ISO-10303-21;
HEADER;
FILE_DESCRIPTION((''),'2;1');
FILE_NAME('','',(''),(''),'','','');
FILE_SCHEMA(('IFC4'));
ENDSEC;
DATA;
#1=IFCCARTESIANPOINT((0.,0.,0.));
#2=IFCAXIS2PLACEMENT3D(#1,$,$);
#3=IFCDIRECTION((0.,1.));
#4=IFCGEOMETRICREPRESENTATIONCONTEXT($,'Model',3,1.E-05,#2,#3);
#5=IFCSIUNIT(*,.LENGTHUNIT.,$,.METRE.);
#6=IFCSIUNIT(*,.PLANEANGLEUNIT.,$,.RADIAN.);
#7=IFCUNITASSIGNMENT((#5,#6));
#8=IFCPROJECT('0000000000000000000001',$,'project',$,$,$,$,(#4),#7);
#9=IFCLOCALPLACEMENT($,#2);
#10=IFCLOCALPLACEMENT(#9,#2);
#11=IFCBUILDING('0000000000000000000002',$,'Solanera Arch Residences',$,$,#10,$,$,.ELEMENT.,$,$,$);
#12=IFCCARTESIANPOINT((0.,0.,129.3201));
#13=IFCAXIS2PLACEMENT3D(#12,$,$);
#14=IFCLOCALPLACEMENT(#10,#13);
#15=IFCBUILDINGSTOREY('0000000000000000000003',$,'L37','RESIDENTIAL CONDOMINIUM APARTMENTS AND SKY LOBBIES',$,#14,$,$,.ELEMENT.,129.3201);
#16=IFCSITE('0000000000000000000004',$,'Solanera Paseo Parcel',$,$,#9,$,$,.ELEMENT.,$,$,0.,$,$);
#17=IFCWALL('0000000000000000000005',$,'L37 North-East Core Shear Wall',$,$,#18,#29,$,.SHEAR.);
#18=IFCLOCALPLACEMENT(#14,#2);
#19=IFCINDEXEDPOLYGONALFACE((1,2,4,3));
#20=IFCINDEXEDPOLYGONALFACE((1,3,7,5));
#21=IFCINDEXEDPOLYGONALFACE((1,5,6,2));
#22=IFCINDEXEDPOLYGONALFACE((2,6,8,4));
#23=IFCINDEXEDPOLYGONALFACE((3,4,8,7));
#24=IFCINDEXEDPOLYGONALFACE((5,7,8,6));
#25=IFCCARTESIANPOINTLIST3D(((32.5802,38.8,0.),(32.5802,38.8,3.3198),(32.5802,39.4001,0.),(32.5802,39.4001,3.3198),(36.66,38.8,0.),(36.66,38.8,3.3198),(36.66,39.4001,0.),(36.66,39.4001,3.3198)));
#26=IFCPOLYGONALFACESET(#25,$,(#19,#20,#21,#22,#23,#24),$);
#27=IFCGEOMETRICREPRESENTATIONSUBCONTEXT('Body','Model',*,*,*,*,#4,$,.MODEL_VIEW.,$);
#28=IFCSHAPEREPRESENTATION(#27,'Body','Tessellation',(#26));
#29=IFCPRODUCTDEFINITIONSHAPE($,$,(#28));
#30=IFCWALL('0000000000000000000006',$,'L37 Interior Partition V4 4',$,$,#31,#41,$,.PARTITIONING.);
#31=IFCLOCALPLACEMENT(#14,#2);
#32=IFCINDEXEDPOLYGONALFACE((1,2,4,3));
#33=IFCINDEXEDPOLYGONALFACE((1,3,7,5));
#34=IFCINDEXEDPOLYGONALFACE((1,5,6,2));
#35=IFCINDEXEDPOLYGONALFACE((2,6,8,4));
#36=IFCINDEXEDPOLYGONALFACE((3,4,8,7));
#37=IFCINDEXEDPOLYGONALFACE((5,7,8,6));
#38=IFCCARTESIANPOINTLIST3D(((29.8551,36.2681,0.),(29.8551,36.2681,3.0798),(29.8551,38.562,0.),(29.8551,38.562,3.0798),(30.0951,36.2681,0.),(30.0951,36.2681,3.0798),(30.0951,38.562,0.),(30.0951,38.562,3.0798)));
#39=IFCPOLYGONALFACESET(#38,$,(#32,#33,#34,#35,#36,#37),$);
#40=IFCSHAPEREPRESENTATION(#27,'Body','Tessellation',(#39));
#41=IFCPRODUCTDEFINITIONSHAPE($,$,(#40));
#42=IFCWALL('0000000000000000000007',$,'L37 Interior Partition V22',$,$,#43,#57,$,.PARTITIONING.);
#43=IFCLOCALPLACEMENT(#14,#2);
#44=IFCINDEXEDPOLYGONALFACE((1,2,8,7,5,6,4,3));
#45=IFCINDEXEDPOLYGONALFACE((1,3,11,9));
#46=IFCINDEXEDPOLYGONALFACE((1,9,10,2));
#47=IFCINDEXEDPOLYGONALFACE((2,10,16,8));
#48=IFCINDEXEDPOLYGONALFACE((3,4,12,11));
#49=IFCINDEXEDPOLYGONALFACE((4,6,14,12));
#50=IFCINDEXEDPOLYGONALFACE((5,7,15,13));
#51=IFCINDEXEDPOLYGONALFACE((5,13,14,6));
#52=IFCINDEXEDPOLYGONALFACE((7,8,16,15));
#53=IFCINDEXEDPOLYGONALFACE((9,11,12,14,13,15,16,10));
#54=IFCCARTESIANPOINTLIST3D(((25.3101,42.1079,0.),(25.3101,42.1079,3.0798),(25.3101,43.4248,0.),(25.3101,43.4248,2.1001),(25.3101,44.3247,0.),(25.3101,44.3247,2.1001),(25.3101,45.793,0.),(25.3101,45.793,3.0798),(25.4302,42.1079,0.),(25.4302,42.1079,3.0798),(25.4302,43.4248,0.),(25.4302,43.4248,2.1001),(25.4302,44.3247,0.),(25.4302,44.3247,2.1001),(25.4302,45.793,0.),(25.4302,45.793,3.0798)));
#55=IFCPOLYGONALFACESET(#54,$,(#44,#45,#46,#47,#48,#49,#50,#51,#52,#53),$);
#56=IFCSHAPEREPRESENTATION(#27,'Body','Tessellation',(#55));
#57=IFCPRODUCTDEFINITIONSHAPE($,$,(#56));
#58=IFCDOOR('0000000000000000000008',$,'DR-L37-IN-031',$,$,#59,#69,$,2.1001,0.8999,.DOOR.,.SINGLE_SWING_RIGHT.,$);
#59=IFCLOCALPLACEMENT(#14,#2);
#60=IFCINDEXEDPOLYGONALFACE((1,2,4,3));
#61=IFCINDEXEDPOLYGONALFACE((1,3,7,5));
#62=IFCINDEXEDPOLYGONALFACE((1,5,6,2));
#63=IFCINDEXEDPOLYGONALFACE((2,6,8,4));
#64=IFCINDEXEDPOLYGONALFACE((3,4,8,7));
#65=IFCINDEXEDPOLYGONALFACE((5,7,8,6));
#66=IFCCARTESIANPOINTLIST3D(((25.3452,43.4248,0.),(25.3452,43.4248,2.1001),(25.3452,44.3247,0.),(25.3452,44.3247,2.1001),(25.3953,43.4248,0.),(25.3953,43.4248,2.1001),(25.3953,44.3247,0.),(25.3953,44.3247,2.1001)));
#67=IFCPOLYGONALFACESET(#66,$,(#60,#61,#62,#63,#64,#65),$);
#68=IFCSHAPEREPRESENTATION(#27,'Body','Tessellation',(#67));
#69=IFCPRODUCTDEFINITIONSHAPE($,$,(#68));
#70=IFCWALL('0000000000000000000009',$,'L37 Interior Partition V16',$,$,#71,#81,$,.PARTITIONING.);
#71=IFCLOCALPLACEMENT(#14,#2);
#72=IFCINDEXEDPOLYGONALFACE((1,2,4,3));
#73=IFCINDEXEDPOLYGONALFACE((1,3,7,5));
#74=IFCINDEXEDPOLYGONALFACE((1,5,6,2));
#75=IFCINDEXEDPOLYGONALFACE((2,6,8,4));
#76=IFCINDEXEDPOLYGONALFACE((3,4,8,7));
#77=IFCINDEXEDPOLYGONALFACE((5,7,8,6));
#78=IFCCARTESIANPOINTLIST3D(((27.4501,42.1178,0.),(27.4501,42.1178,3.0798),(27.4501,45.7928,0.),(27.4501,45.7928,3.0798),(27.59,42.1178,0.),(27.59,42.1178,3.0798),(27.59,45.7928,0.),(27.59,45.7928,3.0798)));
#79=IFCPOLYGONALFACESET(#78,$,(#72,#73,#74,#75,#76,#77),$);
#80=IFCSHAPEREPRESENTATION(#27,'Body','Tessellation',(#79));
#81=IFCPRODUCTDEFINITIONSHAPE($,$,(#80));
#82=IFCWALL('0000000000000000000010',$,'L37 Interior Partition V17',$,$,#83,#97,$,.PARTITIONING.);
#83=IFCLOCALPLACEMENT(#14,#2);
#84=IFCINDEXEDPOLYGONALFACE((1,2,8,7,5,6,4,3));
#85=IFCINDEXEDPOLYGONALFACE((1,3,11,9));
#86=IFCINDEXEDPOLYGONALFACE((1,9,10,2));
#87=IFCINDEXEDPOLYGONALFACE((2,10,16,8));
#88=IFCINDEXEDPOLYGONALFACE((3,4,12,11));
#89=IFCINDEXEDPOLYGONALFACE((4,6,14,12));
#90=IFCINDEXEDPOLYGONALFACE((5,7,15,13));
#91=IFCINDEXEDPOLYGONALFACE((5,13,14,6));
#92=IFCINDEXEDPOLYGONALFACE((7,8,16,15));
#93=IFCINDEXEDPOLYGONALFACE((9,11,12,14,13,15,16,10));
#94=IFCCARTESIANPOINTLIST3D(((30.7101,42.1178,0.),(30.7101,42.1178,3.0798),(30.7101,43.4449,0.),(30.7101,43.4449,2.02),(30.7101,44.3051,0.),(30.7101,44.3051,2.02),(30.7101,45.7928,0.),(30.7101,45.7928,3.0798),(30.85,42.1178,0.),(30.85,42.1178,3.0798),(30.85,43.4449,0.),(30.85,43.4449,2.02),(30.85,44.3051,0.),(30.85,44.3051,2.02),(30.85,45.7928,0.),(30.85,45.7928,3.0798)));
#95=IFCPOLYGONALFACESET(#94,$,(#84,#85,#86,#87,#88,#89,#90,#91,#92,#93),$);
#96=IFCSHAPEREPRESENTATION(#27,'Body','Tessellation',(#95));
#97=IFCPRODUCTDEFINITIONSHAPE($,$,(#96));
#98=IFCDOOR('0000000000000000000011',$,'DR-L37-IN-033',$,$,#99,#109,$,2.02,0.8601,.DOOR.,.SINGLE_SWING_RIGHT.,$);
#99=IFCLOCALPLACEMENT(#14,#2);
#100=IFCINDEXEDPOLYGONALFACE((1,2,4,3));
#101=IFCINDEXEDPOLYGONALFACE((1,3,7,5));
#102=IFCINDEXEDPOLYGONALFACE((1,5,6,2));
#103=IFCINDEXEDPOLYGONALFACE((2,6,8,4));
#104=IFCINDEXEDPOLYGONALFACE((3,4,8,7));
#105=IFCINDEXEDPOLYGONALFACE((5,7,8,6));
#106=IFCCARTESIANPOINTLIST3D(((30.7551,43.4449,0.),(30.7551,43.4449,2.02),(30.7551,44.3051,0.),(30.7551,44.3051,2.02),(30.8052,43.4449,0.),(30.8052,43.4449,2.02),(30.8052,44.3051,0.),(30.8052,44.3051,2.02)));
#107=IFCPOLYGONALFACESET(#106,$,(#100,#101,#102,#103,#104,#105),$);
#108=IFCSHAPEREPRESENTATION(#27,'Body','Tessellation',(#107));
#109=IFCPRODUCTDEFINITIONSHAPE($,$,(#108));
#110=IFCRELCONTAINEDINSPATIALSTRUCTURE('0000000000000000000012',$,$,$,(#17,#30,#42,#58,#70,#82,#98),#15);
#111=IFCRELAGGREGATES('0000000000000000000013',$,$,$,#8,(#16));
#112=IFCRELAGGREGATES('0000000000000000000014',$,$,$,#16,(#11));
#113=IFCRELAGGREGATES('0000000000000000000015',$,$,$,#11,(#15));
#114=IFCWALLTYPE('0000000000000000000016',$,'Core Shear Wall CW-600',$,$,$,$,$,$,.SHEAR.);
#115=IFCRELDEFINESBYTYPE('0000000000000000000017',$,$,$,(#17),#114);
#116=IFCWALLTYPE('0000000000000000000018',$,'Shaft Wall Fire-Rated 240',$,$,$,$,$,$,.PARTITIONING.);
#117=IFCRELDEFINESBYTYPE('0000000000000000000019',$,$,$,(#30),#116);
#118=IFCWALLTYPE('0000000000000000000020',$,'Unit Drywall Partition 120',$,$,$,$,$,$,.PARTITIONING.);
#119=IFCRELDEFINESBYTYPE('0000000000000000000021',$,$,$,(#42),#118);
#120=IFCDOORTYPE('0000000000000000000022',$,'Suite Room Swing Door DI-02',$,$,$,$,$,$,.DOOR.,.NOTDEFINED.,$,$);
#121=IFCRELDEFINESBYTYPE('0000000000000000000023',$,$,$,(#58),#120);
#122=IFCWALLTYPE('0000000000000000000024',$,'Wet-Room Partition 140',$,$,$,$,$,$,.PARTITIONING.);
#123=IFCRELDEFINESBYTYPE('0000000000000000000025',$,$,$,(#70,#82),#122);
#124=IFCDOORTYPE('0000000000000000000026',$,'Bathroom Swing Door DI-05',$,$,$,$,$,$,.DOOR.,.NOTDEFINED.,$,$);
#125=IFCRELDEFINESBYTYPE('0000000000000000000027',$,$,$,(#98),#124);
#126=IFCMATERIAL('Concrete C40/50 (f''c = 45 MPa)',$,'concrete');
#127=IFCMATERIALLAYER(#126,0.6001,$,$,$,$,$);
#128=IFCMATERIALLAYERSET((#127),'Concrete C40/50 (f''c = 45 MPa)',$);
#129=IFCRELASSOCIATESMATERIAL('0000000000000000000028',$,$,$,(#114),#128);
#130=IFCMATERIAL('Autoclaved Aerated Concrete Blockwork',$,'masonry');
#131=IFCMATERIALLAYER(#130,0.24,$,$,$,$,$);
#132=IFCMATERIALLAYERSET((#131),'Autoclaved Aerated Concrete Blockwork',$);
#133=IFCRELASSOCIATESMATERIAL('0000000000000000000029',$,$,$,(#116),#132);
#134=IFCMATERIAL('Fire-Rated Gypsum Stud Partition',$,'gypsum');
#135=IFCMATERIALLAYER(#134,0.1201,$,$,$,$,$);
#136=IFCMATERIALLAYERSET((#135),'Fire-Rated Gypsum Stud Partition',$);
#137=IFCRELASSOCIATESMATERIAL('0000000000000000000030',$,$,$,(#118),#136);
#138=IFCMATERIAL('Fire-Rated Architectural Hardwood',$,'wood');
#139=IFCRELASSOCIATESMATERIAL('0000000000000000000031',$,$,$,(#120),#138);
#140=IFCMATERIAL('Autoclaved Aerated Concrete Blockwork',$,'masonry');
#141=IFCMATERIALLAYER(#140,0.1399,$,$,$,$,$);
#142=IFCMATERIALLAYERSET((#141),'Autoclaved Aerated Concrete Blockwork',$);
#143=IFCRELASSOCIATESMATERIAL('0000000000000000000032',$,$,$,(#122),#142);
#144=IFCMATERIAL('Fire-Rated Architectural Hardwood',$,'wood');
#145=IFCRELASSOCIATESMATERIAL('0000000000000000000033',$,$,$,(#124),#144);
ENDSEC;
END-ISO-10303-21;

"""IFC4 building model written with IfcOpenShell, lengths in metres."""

from ifc_helpers import new_model, si_unit, direction, frame, frame_2d, origin, place, context, subcontext, project, spatial, rectangle, extrude, material, layer, layer_set, type_object, element, fill, save


model = new_model("IFC4")

# Units and contexts
model_context = context("Model", 3, precision=1e-05, world=origin(), true_north=direction((0.0, 1.0)))
body_context = subcontext(model_context, "Body", "Model", "MODEL_VIEW")
ifc_project = project(units=[si_unit("LENGTHUNIT", "METRE"), si_unit("PLANEANGLEUNIT", "RADIAN")], contexts=[model_context])

# Site, building, storey
site_placement = place(None, origin())
site = spatial("IfcSite", under=ifc_project, at=site_placement, Name="Solanera Paseo Parcel", CompositionType="ELEMENT", RefElevation=0.0)
building_placement = place(site_placement, origin())
building = spatial("IfcBuilding", under=site, at=building_placement, Name="Solanera Arch Residences", CompositionType="ELEMENT")
storey_placement = place(building_placement, frame((0.0, 0.0, 129.3201)))
storey = spatial("IfcBuildingStorey", under=building, at=storey_placement, Name="L37", Description="RESIDENTIAL CONDOMINIUM APARTMENTS AND SKY LOBBIES", CompositionType="ELEMENT", Elevation=129.3201)

# Walls
ifc_material_1 = material(Name="Concrete C40/50 (f'c = 45 MPa)", Category="concrete")
ifc_layer_1 = layer(ifc_material_1, 0.6001)
ifc_layer_set_1 = layer_set([ifc_layer_1], Name="Concrete C40/50 (f'c = 45 MPa)")
wall_type_1 = type_object("IfcWallType", Name="Core Shear Wall CW-600", PredefinedType="SHEAR", material=ifc_layer_set_1)
wall_1_placement = place(storey_placement, frame((32.5801, 39.1001, 0.0), z_axis=(0.0, 0.0, 1.0), x_axis=(1.0, 0.0, 0.0)))
element("IfcWall", 1, at=wall_1_placement, inside=storey, type_object=wall_type_1, Name="L37 North-East Core Shear Wall", PredefinedType="SHEAR", context=body_context, shape_type="SweptSolid", body=[
    extrude(rectangle(XDim=4.0798, YDim=0.6001, at=frame_2d((2.04, 0.0))), origin(), (0.0, 0.0, 1.0), 3.3198),
])
ifc_material_2 = material(Name="Autoclaved Aerated Concrete Blockwork", Category="masonry")
ifc_layer_2 = layer(ifc_material_2, 0.24)
ifc_layer_set_2 = layer_set([ifc_layer_2], Name="Autoclaved Aerated Concrete Blockwork")
wall_type_2 = type_object("IfcWallType", Name="Shaft Wall Fire-Rated 240", PredefinedType="PARTITIONING", material=ifc_layer_set_2)
wall_2_placement = place(storey_placement, frame((29.9751, 36.2681, 0.0), z_axis=(0.0, 0.0, 1.0), x_axis=(0.0, 1.0, 0.0)))
element("IfcWall", 2, at=wall_2_placement, inside=storey, type_object=wall_type_2, Name="L37 Interior Partition V4 4", PredefinedType="PARTITIONING", context=body_context, shape_type="SweptSolid", body=[
    extrude(rectangle(XDim=2.2939, YDim=0.24, at=frame_2d((1.147, 0.0))), origin(), (0.0, 0.0, 1.0), 3.0798),
])

# Wall, opening, door
ifc_material_3 = material(Name="Fire-Rated Gypsum Stud Partition", Category="gypsum")
ifc_layer_3 = layer(ifc_material_3, 0.1201)
ifc_layer_set_3 = layer_set([ifc_layer_3], Name="Fire-Rated Gypsum Stud Partition")
wall_type_3 = type_object("IfcWallType", Name="Unit Drywall Partition 120", PredefinedType="PARTITIONING", material=ifc_layer_set_3)
wall_3_placement = place(storey_placement, frame((25.3701, 42.1079, 0.0), z_axis=(0.0, 0.0, 1.0), x_axis=(0.0, 1.0, 0.0)))
wall_3 = element("IfcWall", 3, at=wall_3_placement, inside=storey, type_object=wall_type_3, Name="L37 Interior Partition V22", PredefinedType="PARTITIONING", context=body_context, shape_type="SweptSolid", body=[
    extrude(rectangle(XDim=3.6851, YDim=0.1201, at=frame_2d((1.8425, 0.0))), origin(), (0.0, 0.0, 1.0), 3.0798),
])
opening_1_placement = place(wall_3_placement, frame((1.3169, 0.0, 0.0)))
opening_1 = element("IfcOpeningElement", 4, at=opening_1_placement, cuts=wall_3, PredefinedType="OPENING", context=body_context, shape_type="SweptSolid", body=[
    extrude(rectangle(XDim=0.8999, YDim=2.1001, at=frame_2d((0.45, 1.05))), frame((0.0, 0.0701, 0.0), z_axis=(0.0, -1.0, 0.0), x_axis=(1.0, 0.0, 0.0)), (0.0, 0.0, 1.0), 0.1401),
])
ifc_material_4 = material(Name="Fire-Rated Architectural Hardwood", Category="wood")
door_type_1 = type_object("IfcDoorType", Name="Suite Room Swing Door DI-02", OperationType="NOTDEFINED", PredefinedType="DOOR", material=ifc_material_4)
door_1_placement = place(opening_1_placement, origin())
door_1 = element("IfcDoor", 5, at=door_1_placement, inside=storey, type_object=door_type_1, Name="DR-L37-IN-031", OperationType="SINGLE_SWING_RIGHT", OverallHeight=2.1001, OverallWidth=0.8999, PredefinedType="DOOR", context=body_context, shape_type="SweptSolid", body=[
    extrude(rectangle(XDim=0.8999, YDim=2.1001, at=frame_2d((0.45, 1.05))), frame((0.0, 0.0249, 0.0), z_axis=(0.0, -1.0, 0.0), x_axis=(1.0, 0.0, 0.0)), (0.0, 0.0, 1.0), 0.05),
])
fill(opening_1, door_1)

# Wall
ifc_material_5 = material(Name="Autoclaved Aerated Concrete Blockwork", Category="masonry")
ifc_layer_4 = layer(ifc_material_5, 0.1399)
ifc_layer_set_4 = layer_set([ifc_layer_4], Name="Autoclaved Aerated Concrete Blockwork")
wall_type_4 = type_object("IfcWallType", Name="Wet-Room Partition 140", PredefinedType="PARTITIONING", material=ifc_layer_set_4)
wall_4_placement = place(storey_placement, frame((27.52, 42.1179, 0.0), z_axis=(0.0, 0.0, 1.0), x_axis=(0.0, 1.0, 0.0)))
element("IfcWall", 6, at=wall_4_placement, inside=storey, type_object=wall_type_4, Name="L37 Interior Partition V16", PredefinedType="PARTITIONING", context=body_context, shape_type="SweptSolid", body=[
    extrude(rectangle(XDim=3.675, YDim=0.1399, at=frame_2d((1.8374, 0.0))), origin(), (0.0, 0.0, 1.0), 3.0798),
])

# Wall, opening, door
wall_5_placement = place(storey_placement, frame((30.78, 42.1179, 0.0), z_axis=(0.0, 0.0, 1.0), x_axis=(0.0, 1.0, 0.0)))
wall_5 = element("IfcWall", 7, at=wall_5_placement, inside=storey, type_object=wall_type_4, Name="L37 Interior Partition V17", PredefinedType="PARTITIONING", context=body_context, shape_type="SweptSolid", body=[
    extrude(rectangle(XDim=3.675, YDim=0.1399, at=frame_2d((1.8374, 0.0))), origin(), (0.0, 0.0, 1.0), 3.0798),
])
opening_2_placement = place(wall_5_placement, frame((1.3269, 0.0, 0.0)))
opening_2 = element("IfcOpeningElement", 8, at=opening_2_placement, cuts=wall_5, PredefinedType="OPENING", context=body_context, shape_type="SweptSolid", body=[
    extrude(rectangle(XDim=0.8601, YDim=2.02, at=frame_2d((0.4302, 1.01))), frame((0.0, 0.0798, 0.0), z_axis=(0.0, -1.0, 0.0), x_axis=(1.0, 0.0, 0.0)), (0.0, 0.0, 1.0), 0.1599),
])
ifc_material_6 = material(Name="Fire-Rated Architectural Hardwood", Category="wood")
door_type_2 = type_object("IfcDoorType", Name="Bathroom Swing Door DI-05", OperationType="NOTDEFINED", PredefinedType="DOOR", material=ifc_material_6)
door_2_placement = place(opening_2_placement, origin())
door_2 = element("IfcDoor", 9, at=door_2_placement, inside=storey, type_object=door_type_2, Name="DR-L37-IN-033", OperationType="SINGLE_SWING_RIGHT", OverallHeight=2.02, OverallWidth=0.8601, PredefinedType="DOOR", context=body_context, shape_type="SweptSolid", body=[
    extrude(rectangle(XDim=0.8601, YDim=2.02, at=frame_2d((0.4302, 1.01))), frame((0.0, 0.0249, 0.0), z_axis=(0.0, -1.0, 0.0), x_axis=(1.0, 0.0, 0.0)), (0.0, 0.0, 1.0), 0.05),
])
fill(opening_2, door_2)

save(model, "model.ifc")
